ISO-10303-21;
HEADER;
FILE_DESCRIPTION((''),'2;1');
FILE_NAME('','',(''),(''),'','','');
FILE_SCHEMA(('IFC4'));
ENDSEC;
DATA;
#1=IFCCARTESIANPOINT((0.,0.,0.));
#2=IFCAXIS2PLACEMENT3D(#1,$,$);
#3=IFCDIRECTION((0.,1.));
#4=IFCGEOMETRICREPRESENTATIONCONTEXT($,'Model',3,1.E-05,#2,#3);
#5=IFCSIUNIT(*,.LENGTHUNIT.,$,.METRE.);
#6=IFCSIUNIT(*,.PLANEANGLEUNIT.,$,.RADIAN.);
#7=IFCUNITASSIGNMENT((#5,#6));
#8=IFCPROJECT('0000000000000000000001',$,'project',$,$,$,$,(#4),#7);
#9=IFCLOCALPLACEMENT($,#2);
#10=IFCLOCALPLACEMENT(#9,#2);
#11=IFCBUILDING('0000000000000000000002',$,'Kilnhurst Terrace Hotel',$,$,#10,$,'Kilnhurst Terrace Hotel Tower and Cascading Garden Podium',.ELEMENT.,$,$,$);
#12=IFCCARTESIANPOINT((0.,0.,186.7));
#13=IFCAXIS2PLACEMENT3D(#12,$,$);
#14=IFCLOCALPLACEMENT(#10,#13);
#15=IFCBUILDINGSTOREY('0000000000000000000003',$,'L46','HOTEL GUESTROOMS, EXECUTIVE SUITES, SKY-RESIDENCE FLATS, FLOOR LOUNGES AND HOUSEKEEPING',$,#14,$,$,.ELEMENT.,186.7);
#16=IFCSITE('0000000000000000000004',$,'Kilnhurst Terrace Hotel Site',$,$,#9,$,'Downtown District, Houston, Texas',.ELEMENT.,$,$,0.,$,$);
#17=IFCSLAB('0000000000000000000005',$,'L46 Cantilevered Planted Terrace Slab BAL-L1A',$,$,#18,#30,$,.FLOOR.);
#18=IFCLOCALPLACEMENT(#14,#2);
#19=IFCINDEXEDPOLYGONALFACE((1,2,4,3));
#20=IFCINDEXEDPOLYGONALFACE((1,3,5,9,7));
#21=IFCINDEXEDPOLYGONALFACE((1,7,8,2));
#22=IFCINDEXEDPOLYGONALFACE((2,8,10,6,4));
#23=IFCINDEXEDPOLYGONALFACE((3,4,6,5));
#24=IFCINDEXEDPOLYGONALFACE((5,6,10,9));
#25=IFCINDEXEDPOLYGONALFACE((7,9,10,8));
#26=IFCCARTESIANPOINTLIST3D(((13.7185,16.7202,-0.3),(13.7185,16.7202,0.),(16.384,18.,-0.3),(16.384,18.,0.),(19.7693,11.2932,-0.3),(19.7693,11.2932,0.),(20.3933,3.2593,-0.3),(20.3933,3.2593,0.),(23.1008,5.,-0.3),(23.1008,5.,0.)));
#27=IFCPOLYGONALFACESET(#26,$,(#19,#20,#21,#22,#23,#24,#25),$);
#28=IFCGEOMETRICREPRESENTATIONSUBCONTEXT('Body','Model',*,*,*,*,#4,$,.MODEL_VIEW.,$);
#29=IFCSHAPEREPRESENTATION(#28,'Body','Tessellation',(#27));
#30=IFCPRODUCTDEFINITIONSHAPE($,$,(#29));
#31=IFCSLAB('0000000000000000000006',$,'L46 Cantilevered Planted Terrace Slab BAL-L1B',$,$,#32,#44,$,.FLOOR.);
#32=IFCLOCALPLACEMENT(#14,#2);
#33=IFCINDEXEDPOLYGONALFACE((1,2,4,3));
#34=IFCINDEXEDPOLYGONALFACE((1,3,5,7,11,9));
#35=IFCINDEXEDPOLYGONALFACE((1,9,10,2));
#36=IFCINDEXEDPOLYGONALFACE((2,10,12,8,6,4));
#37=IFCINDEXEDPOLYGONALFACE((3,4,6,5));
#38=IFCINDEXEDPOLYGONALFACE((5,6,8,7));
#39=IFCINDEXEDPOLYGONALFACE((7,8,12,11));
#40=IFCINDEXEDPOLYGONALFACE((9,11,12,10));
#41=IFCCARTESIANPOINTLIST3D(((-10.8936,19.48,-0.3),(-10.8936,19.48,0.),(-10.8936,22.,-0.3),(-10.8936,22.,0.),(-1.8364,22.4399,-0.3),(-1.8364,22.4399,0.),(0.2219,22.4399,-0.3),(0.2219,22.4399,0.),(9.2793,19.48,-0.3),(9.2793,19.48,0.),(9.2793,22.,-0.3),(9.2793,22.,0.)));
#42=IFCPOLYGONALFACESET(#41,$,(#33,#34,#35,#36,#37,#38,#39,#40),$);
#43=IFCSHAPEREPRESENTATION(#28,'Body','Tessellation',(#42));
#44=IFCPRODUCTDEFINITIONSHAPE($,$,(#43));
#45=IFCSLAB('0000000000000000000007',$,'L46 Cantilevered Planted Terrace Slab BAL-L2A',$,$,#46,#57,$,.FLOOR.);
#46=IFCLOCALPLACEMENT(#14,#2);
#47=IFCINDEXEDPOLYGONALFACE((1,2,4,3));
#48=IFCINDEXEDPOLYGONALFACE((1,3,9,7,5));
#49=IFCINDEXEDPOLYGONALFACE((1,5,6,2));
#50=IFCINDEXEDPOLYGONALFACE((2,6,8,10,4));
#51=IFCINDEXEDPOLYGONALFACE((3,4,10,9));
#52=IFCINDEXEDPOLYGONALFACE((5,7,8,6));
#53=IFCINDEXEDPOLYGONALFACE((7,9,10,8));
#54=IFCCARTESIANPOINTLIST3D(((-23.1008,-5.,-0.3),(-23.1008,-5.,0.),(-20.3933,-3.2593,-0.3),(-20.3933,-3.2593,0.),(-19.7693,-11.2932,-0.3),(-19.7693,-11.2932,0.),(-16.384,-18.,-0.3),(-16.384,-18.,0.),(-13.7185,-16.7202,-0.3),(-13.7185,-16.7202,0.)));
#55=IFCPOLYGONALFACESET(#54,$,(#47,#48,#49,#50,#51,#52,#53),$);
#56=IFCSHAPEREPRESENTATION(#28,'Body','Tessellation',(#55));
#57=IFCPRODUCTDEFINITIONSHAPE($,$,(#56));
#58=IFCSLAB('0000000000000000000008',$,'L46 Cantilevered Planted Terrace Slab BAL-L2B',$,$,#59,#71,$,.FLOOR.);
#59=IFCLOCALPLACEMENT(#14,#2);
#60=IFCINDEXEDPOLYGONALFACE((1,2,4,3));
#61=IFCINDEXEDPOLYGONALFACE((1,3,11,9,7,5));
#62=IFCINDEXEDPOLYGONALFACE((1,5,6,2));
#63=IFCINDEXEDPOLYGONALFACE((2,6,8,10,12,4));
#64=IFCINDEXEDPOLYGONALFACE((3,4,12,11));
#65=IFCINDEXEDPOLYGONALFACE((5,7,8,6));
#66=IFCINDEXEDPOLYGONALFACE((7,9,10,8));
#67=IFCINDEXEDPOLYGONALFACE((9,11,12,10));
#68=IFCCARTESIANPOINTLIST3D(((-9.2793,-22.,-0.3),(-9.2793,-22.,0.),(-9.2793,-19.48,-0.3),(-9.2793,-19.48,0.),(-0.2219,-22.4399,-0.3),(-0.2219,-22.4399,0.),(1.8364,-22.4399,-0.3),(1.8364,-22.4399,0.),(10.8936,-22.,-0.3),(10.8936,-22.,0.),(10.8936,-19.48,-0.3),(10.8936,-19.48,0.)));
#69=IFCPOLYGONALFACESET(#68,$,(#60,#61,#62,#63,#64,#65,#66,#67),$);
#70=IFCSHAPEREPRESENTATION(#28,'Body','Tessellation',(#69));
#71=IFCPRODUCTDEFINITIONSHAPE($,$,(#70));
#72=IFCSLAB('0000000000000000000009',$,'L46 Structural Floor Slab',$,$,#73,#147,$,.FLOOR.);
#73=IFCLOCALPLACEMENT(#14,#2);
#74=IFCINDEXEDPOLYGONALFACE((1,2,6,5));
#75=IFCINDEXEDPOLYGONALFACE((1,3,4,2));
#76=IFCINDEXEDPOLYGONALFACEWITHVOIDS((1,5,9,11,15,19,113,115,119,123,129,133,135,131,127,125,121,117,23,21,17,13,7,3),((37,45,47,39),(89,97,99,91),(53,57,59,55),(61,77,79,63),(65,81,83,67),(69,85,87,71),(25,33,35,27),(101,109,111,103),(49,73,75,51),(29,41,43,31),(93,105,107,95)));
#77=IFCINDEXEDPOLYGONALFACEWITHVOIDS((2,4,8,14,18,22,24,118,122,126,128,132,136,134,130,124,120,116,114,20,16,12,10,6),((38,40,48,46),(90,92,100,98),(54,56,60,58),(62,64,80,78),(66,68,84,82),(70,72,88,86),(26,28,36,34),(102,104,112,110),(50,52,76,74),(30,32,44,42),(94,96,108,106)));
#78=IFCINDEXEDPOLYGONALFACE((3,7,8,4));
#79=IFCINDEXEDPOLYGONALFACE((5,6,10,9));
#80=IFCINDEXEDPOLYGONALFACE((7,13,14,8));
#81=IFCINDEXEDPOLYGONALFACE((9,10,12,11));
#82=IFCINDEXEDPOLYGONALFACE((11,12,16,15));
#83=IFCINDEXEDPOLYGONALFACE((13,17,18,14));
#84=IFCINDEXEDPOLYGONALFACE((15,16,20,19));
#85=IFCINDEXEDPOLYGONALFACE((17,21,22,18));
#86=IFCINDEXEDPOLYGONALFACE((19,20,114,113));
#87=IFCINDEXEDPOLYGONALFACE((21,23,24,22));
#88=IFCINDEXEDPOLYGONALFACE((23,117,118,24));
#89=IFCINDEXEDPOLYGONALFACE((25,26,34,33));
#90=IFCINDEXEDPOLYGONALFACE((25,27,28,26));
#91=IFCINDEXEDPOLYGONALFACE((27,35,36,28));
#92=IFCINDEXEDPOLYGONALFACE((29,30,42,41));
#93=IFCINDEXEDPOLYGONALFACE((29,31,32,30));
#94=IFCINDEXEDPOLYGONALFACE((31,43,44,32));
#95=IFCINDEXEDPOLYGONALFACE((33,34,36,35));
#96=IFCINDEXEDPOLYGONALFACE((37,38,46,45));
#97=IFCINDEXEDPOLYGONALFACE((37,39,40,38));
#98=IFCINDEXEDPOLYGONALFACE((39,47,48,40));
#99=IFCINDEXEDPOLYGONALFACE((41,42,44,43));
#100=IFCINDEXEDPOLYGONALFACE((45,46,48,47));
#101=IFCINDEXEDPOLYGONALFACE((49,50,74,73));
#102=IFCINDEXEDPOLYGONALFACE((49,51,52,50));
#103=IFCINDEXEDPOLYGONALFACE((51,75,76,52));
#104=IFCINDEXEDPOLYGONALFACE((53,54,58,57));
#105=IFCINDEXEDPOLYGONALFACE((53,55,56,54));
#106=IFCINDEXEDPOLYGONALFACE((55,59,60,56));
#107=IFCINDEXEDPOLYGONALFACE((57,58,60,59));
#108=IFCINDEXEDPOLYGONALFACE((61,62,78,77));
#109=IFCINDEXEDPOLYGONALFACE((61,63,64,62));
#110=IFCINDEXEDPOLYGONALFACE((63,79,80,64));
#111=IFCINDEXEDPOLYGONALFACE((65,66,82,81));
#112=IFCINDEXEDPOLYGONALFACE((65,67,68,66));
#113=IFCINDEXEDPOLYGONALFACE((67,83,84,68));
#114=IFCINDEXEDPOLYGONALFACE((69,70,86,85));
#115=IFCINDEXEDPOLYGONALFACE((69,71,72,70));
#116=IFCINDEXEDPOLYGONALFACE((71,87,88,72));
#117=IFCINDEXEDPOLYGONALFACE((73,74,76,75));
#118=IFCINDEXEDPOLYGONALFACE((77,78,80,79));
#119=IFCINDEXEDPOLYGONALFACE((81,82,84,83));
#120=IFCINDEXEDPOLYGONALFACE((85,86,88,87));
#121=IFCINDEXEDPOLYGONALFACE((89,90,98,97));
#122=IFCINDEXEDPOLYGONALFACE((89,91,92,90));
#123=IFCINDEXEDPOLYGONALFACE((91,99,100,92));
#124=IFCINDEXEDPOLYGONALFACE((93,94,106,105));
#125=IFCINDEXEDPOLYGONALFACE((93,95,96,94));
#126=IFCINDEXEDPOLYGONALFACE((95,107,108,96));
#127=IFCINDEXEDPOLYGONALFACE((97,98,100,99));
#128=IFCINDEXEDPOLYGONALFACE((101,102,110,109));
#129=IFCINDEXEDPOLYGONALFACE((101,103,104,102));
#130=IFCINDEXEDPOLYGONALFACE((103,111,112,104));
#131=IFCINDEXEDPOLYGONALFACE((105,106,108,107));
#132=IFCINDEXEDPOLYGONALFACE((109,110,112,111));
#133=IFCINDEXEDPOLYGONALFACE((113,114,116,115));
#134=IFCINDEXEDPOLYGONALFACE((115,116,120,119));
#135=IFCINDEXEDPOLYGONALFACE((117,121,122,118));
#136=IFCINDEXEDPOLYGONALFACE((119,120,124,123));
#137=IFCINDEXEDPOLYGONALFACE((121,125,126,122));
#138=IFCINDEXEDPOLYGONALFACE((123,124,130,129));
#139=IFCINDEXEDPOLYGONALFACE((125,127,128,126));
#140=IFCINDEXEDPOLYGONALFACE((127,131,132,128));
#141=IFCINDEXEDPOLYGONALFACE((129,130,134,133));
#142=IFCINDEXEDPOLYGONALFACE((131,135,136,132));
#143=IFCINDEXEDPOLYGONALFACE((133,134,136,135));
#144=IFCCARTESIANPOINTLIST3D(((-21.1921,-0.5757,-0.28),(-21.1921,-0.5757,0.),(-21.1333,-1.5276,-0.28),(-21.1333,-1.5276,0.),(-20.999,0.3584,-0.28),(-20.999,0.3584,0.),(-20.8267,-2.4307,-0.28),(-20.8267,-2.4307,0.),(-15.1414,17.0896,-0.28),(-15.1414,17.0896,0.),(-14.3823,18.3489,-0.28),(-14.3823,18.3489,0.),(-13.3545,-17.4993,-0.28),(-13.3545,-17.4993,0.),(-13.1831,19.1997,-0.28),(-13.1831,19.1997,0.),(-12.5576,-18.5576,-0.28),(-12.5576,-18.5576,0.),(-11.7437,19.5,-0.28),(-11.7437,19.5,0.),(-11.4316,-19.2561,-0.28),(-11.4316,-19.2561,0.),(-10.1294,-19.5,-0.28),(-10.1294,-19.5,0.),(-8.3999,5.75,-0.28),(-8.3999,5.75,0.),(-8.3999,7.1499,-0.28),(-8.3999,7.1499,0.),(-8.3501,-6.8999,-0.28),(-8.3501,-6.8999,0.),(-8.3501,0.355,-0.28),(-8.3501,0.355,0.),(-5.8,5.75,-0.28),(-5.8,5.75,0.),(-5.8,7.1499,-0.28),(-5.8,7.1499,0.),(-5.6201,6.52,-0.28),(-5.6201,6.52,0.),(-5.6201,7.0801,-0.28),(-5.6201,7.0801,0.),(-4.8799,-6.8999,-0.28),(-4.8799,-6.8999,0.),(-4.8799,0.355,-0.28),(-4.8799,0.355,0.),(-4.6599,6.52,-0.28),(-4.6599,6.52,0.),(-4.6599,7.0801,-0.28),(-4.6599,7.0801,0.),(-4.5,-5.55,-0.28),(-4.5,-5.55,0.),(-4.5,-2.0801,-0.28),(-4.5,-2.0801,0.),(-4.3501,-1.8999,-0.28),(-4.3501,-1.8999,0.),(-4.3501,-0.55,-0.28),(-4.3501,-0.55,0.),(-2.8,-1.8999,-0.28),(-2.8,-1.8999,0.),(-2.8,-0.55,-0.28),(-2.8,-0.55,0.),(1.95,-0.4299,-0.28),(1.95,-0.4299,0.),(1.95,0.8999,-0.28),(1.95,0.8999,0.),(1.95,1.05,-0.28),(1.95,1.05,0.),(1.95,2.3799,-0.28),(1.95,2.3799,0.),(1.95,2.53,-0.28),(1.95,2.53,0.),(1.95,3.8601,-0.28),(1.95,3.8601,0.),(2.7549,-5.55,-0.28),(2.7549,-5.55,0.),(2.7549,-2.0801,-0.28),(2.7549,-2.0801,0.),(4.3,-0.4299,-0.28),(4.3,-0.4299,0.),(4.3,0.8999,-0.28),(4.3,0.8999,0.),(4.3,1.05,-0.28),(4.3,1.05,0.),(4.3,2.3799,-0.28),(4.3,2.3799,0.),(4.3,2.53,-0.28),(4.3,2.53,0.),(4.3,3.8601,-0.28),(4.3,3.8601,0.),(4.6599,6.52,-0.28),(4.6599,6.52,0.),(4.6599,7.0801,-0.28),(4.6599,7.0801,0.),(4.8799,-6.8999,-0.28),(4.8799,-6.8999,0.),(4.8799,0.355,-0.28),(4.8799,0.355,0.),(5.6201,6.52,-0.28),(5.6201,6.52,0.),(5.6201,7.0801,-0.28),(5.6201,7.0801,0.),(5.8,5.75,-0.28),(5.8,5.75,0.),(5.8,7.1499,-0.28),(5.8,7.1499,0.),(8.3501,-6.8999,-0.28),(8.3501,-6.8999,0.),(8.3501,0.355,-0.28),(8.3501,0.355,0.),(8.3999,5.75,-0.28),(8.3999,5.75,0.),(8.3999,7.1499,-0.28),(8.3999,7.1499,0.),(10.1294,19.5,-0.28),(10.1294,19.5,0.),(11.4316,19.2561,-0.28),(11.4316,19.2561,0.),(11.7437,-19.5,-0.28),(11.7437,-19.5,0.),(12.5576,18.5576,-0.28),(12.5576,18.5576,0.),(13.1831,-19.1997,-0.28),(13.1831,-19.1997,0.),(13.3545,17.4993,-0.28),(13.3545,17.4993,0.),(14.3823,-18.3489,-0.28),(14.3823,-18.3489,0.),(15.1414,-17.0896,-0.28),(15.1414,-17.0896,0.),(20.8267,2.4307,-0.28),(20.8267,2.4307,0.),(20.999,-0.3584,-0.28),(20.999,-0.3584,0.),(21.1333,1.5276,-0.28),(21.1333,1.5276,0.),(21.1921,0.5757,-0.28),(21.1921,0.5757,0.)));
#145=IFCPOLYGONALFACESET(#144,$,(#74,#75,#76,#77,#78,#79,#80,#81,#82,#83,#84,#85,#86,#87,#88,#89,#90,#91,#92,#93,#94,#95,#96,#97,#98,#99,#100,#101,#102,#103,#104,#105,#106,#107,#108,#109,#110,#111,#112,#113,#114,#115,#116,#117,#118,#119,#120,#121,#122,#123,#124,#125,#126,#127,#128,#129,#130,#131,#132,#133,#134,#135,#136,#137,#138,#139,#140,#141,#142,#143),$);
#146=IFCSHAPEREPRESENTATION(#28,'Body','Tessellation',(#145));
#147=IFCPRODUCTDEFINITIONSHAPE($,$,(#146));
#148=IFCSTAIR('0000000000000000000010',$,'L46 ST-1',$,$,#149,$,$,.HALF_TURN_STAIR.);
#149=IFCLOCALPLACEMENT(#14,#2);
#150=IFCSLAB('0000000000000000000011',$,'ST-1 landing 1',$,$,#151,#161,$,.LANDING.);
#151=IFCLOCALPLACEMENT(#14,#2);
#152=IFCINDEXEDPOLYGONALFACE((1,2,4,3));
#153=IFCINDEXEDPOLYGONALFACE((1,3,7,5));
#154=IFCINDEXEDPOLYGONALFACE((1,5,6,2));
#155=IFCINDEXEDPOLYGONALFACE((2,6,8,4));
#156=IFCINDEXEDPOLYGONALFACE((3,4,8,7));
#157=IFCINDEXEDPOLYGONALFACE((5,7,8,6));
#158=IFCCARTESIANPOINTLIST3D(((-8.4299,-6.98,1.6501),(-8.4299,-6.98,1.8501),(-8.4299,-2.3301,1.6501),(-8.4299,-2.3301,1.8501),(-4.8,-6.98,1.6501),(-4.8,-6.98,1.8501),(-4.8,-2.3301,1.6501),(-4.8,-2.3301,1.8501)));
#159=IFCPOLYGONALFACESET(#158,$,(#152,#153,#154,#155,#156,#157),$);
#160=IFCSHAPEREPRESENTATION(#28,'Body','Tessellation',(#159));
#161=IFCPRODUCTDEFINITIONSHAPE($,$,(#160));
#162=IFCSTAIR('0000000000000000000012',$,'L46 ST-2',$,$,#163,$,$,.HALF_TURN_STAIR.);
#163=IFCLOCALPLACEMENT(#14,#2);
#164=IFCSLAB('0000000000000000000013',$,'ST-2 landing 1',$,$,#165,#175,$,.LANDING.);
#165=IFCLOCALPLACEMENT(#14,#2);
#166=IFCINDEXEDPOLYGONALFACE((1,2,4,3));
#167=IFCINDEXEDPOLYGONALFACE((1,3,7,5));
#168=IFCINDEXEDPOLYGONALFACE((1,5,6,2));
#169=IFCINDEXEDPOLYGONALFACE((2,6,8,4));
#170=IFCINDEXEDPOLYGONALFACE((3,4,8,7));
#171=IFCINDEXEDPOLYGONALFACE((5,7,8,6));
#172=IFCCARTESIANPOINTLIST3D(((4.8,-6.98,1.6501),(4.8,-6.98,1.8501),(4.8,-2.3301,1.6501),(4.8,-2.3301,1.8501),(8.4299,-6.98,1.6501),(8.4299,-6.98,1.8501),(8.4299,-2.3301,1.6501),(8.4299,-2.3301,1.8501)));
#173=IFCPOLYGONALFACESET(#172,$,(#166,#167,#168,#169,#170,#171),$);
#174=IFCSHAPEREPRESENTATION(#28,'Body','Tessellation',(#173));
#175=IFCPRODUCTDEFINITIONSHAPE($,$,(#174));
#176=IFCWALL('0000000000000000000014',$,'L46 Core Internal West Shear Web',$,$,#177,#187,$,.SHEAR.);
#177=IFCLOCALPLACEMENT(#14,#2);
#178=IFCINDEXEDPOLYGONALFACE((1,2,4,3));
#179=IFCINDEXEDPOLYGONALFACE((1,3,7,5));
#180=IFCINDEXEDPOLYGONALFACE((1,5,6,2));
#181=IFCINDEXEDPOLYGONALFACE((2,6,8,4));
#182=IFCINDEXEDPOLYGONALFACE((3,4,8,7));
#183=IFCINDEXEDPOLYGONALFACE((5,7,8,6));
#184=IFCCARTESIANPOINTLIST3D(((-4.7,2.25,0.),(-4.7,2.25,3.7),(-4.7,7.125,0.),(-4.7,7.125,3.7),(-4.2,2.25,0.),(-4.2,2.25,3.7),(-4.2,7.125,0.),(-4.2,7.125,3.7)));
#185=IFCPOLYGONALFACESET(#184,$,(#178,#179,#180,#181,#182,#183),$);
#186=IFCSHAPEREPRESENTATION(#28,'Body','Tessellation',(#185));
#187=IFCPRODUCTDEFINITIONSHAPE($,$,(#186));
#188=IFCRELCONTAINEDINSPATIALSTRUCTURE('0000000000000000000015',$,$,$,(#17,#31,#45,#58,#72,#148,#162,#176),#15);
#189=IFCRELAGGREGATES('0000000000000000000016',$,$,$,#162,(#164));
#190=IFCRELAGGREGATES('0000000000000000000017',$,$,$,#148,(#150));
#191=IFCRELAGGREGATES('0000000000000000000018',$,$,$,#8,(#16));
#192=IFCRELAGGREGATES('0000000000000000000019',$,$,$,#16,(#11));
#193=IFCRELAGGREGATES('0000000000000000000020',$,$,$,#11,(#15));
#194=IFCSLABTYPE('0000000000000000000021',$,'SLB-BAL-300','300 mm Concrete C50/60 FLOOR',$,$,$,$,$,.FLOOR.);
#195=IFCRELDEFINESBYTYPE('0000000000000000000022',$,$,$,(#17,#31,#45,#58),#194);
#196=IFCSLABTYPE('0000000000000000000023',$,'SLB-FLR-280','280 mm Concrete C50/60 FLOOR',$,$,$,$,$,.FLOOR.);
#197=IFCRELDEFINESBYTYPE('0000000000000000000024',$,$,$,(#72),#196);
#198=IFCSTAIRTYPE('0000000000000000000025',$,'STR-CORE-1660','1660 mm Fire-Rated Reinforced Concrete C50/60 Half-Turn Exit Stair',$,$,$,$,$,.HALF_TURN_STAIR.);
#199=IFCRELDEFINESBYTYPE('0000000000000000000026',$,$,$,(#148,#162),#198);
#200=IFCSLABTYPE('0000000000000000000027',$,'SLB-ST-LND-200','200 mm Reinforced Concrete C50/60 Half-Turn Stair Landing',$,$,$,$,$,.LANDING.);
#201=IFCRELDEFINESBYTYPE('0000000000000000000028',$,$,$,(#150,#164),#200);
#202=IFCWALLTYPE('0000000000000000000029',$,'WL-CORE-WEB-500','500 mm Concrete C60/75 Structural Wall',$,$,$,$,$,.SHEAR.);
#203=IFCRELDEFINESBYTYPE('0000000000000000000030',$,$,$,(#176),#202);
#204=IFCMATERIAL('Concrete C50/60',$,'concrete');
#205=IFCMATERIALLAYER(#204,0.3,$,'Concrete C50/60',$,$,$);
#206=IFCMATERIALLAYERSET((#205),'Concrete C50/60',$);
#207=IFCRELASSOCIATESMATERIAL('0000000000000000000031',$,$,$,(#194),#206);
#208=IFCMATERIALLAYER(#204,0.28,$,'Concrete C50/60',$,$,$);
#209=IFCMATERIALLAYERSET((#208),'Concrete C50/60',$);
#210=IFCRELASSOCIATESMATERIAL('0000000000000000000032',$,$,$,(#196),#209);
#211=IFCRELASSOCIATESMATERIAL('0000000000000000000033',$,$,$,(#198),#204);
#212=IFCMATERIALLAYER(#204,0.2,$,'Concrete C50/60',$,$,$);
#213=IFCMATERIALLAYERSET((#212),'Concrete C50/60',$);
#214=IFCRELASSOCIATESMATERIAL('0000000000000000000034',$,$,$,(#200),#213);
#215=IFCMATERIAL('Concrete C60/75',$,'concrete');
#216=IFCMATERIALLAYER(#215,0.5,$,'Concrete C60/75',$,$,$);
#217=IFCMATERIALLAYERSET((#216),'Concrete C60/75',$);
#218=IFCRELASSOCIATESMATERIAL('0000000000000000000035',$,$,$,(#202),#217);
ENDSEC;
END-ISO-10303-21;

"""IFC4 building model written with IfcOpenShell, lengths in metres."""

from ifc_helpers import new_model, si_unit, direction, frame, frame_2d, origin, place, context, subcontext, project, spatial, polyline, rectangle, outline, extrude, material, layer, layer_set, type_object, element, aggregate, save


model = new_model("IFC4")

# Units and contexts
model_context = context("Model", 3, precision=1e-05, world=origin(), true_north=direction((0.0, 1.0)))
body_context = subcontext(model_context, "Body", "Model", "MODEL_VIEW")
ifc_project = project(units=[si_unit("LENGTHUNIT", "METRE"), si_unit("PLANEANGLEUNIT", "RADIAN")], contexts=[model_context])

# Site, building, storey
site_placement = place(None, origin())
site = spatial("IfcSite", under=ifc_project, at=site_placement, Name="Kilnhurst Terrace Hotel Site", LongName="Downtown District, Houston, Texas", CompositionType="ELEMENT", RefElevation=0.0)
building_placement = place(site_placement, origin())
building = spatial("IfcBuilding", under=site, at=building_placement, Name="Kilnhurst Terrace Hotel", LongName="Kilnhurst Terrace Hotel Tower and Cascading Garden Podium", CompositionType="ELEMENT")
storey_placement = place(building_placement, frame((0.0, 0.0, 186.7)))
storey = spatial("IfcBuildingStorey", under=building, at=storey_placement, Name="L46", Description="HOTEL GUESTROOMS, EXECUTIVE SUITES, SKY-RESIDENCE FLATS, FLOOR LOUNGES AND HOUSEKEEPING", CompositionType="ELEMENT", Elevation=186.7)

# Slabs
ifc_material_1 = material(Name="Concrete C50/60", Category="concrete")
ifc_layer_1 = layer(ifc_material_1, 0.3, Name="Concrete C50/60")
ifc_layer_set_1 = layer_set([ifc_layer_1], Name="Concrete C50/60")
slab_type_1 = type_object("IfcSlabType", Name="SLB-BAL-300", Description="300 mm Concrete C50/60 FLOOR", PredefinedType="FLOOR", material=ifc_layer_set_1)
slab_1_placement = place(storey_placement, frame((0.0, 0.0, -0.3)))
element("IfcSlab", 1, at=slab_1_placement, inside=storey, type_object=slab_type_1, Name="L46 Cantilevered Planted Terrace Slab BAL-L1A", PredefinedType="FLOOR", context=body_context, shape_type="SweptSolid", body=[
    extrude(outline(polyline([(19.7693, 11.2932), (23.1008, 5.0), (20.3933, 3.2593), (13.7185, 16.7202), (16.384, 18.0), (19.7693, 11.2932)])), origin(), (0.0, 0.0, 1.0), 0.3),
])
slab_2_placement = place(storey_placement, frame((0.0, 0.0, -0.3)))
element("IfcSlab", 2, at=slab_2_placement, inside=storey, type_object=slab_type_1, Name="L46 Cantilevered Planted Terrace Slab BAL-L1B", PredefinedType="FLOOR", context=body_context, shape_type="SweptSolid", body=[
    extrude(outline(polyline([(0.2219, 22.4399), (9.2793, 22.0), (9.2793, 19.48), (-10.8936, 19.48), (-10.8936, 22.0), (-1.8364, 22.4399), (0.2219, 22.4399)])), origin(), (0.0, 0.0, 1.0), 0.3),
])
slab_3_placement = place(storey_placement, frame((0.0, 0.0, -0.3)))
element("IfcSlab", 3, at=slab_3_placement, inside=storey, type_object=slab_type_1, Name="L46 Cantilevered Planted Terrace Slab BAL-L2A", PredefinedType="FLOOR", context=body_context, shape_type="SweptSolid", body=[
    extrude(outline(polyline([(-23.1008, -5.0), (-20.3933, -3.2593), (-13.7185, -16.7202), (-16.384, -18.0), (-19.7693, -11.2932), (-23.1008, -5.0)])), origin(), (0.0, 0.0, 1.0), 0.3),
])
slab_4_placement = place(storey_placement, frame((0.0, 0.0, -0.3)))
element("IfcSlab", 4, at=slab_4_placement, inside=storey, type_object=slab_type_1, Name="L46 Cantilevered Planted Terrace Slab BAL-L2B", PredefinedType="FLOOR", context=body_context, shape_type="SweptSolid", body=[
    extrude(outline(polyline([(-0.2219, -22.4399), (-9.2793, -22.0), (-9.2793, -19.48), (10.8936, -19.48), (10.8936, -22.0), (1.8364, -22.4399), (-0.2219, -22.4399)])), origin(), (0.0, 0.0, 1.0), 0.3),
])
ifc_layer_2 = layer(ifc_material_1, 0.28, Name="Concrete C50/60")
ifc_layer_set_2 = layer_set([ifc_layer_2], Name="Concrete C50/60")
slab_type_2 = type_object("IfcSlabType", Name="SLB-FLR-280", Description="280 mm Concrete C50/60 FLOOR", PredefinedType="FLOOR", material=ifc_layer_set_2)
slab_5_placement = place(storey_placement, frame((0.0, 0.0, -0.28)))
element("IfcSlab", 5, at=slab_5_placement, inside=storey, type_object=slab_type_2, Name="L46 Structural Floor Slab", PredefinedType="FLOOR", context=body_context, shape_type="SweptSolid", body=[
    extrude(outline(polyline([(-13.3545, -17.4993), (-12.5576, -18.5576), (-11.4316, -19.2561), (-10.1294, -19.5), (11.7437, -19.5), (13.1831, -19.1997), (14.3823, -18.3489), (15.1414, -17.0896), (20.999, -0.3584), (21.1921, 0.5757), (21.1333, 1.5276), (20.8267, 2.4307), (13.3545, 17.4993), (12.5576, 18.5576), (11.4316, 19.2561), (10.1294, 19.5), (-11.7437, 19.5), (-13.1831, 19.1997), (-14.3823, 18.3489), (-15.1414, 17.0896), (-20.999, 0.3584), (-21.1921, -0.5757), (-21.1333, -1.5276), (-20.8267, -2.4307), (-13.3545, -17.4993)]), holes=[polyline([(2.7549, -2.0801), (2.7549, -5.55), (-4.5, -5.55), (-4.5, -2.0801), (2.7549, -2.0801)]), polyline([(-8.3501, 0.355), (-4.8799, 0.355), (-4.8799, -6.8999), (-8.3501, -6.8999), (-8.3501, 0.355)]), polyline([(-2.8, -1.8999), (-4.3501, -1.8999), (-4.3501, -0.55), (-2.8, -0.55), (-2.8, -1.8999)]), polyline([(1.95, -0.4299), (1.95, 0.8999), (4.3, 0.8999), (4.3, -0.4299), (1.95, -0.4299)]), polyline([(-8.3999, 5.75), (-8.3999, 7.1499), (-5.8, 7.1499), (-5.8, 5.75), (-8.3999, 5.75)]), polyline([(-4.6599, 6.52), (-5.6201, 6.52), (-5.6201, 7.0801), (-4.6599, 7.0801), (-4.6599, 6.52)]), polyline([(8.3501, 0.355), (8.3501, -6.8999), (4.8799, -6.8999), (4.8799, 0.355), (8.3501, 0.355)]), polyline([(1.95, 1.05), (1.95, 2.3799), (4.3, 2.3799), (4.3, 1.05), (1.95, 1.05)]), polyline([(4.3, 2.53), (1.95, 2.53), (1.95, 3.8601), (4.3, 3.8601), (4.3, 2.53)]), polyline([(5.8, 5.75), (5.8, 7.1499), (8.3999, 7.1499), (8.3999, 5.75), (5.8, 5.75)]), polyline([(4.6599, 6.52), (4.6599, 7.0801), (5.6201, 7.0801), (5.6201, 6.52), (4.6599, 6.52)])]), origin(), (0.0, 0.0, 1.0), 0.28),
])

# Stairs, slabs
stair_type = type_object("IfcStairType", Name="STR-CORE-1660", Description="1660 mm Fire-Rated Reinforced Concrete C50/60 Half-Turn Exit Stair", PredefinedType="HALF_TURN_STAIR", material=ifc_material_1)
stair_1_placement = place(storey_placement, origin())
stair_1 = element("IfcStair", 6, at=stair_1_placement, inside=storey, type_object=stair_type, Name="L46 ST-1", PredefinedType="HALF_TURN_STAIR")
ifc_layer_3 = layer(ifc_material_1, 0.2, Name="Concrete C50/60")
ifc_layer_set_3 = layer_set([ifc_layer_3], Name="Concrete C50/60")
slab_type_3 = type_object("IfcSlabType", Name="SLB-ST-LND-200", Description="200 mm Reinforced Concrete C50/60 Half-Turn Stair Landing", PredefinedType="LANDING", material=ifc_layer_set_3)
slab_6_placement = place(storey_placement, frame((0.0, 0.0, 1.6501)))
slab_6 = element("IfcSlab", 7, at=slab_6_placement, type_object=slab_type_3, Name="ST-1 landing 1", PredefinedType="LANDING", context=body_context, shape_type="SweptSolid", body=[
    extrude(outline(polyline([(-8.4299, -2.3301), (-4.8, -2.3301), (-4.8, -6.98), (-8.4299, -6.98), (-8.4299, -2.3301)])), origin(), (0.0, 0.0, 1.0), 0.2),
])
stair_2_placement = place(storey_placement, origin())
stair_2 = element("IfcStair", 8, at=stair_2_placement, inside=storey, type_object=stair_type, Name="L46 ST-2", PredefinedType="HALF_TURN_STAIR")
slab_7_placement = place(storey_placement, frame((0.0, 0.0, 1.6501)))
slab_7 = element("IfcSlab", 9, at=slab_7_placement, type_object=slab_type_3, Name="ST-2 landing 1", PredefinedType="LANDING", context=body_context, shape_type="SweptSolid", body=[
    extrude(outline(polyline([(4.8, -2.3301), (8.4299, -2.3301), (8.4299, -6.98), (4.8, -6.98), (4.8, -2.3301)])), origin(), (0.0, 0.0, 1.0), 0.2),
])
aggregate(stair_2, [slab_7])

# Wall
ifc_material_2 = material(Name="Concrete C60/75", Category="concrete")
ifc_layer_4 = layer(ifc_material_2, 0.5, Name="Concrete C60/75")
ifc_layer_set_4 = layer_set([ifc_layer_4], Name="Concrete C60/75")
wall_type_1 = type_object("IfcWallType", Name="WL-CORE-WEB-500", Description="500 mm Concrete C60/75 Structural Wall", PredefinedType="SHEAR", material=ifc_layer_set_4)
wall_1_placement = place(storey_placement, frame((-4.45, 2.25, 0.0), z_axis=(0.0, 0.0, 1.0), x_axis=(0.0, 1.0, 0.0)))
element("IfcWall", 10, at=wall_1_placement, inside=storey, type_object=wall_type_1, Name="L46 Core Internal West Shear Web", PredefinedType="SHEAR", context=body_context, shape_type="SweptSolid", body=[
    extrude(rectangle(XDim=4.875, YDim=0.5, at=frame_2d((2.4375, 0.0))), origin(), (0.0, 0.0, 1.0), 3.7),
])

aggregate(stair_1, [slab_6])

save(model, "model.ifc")
